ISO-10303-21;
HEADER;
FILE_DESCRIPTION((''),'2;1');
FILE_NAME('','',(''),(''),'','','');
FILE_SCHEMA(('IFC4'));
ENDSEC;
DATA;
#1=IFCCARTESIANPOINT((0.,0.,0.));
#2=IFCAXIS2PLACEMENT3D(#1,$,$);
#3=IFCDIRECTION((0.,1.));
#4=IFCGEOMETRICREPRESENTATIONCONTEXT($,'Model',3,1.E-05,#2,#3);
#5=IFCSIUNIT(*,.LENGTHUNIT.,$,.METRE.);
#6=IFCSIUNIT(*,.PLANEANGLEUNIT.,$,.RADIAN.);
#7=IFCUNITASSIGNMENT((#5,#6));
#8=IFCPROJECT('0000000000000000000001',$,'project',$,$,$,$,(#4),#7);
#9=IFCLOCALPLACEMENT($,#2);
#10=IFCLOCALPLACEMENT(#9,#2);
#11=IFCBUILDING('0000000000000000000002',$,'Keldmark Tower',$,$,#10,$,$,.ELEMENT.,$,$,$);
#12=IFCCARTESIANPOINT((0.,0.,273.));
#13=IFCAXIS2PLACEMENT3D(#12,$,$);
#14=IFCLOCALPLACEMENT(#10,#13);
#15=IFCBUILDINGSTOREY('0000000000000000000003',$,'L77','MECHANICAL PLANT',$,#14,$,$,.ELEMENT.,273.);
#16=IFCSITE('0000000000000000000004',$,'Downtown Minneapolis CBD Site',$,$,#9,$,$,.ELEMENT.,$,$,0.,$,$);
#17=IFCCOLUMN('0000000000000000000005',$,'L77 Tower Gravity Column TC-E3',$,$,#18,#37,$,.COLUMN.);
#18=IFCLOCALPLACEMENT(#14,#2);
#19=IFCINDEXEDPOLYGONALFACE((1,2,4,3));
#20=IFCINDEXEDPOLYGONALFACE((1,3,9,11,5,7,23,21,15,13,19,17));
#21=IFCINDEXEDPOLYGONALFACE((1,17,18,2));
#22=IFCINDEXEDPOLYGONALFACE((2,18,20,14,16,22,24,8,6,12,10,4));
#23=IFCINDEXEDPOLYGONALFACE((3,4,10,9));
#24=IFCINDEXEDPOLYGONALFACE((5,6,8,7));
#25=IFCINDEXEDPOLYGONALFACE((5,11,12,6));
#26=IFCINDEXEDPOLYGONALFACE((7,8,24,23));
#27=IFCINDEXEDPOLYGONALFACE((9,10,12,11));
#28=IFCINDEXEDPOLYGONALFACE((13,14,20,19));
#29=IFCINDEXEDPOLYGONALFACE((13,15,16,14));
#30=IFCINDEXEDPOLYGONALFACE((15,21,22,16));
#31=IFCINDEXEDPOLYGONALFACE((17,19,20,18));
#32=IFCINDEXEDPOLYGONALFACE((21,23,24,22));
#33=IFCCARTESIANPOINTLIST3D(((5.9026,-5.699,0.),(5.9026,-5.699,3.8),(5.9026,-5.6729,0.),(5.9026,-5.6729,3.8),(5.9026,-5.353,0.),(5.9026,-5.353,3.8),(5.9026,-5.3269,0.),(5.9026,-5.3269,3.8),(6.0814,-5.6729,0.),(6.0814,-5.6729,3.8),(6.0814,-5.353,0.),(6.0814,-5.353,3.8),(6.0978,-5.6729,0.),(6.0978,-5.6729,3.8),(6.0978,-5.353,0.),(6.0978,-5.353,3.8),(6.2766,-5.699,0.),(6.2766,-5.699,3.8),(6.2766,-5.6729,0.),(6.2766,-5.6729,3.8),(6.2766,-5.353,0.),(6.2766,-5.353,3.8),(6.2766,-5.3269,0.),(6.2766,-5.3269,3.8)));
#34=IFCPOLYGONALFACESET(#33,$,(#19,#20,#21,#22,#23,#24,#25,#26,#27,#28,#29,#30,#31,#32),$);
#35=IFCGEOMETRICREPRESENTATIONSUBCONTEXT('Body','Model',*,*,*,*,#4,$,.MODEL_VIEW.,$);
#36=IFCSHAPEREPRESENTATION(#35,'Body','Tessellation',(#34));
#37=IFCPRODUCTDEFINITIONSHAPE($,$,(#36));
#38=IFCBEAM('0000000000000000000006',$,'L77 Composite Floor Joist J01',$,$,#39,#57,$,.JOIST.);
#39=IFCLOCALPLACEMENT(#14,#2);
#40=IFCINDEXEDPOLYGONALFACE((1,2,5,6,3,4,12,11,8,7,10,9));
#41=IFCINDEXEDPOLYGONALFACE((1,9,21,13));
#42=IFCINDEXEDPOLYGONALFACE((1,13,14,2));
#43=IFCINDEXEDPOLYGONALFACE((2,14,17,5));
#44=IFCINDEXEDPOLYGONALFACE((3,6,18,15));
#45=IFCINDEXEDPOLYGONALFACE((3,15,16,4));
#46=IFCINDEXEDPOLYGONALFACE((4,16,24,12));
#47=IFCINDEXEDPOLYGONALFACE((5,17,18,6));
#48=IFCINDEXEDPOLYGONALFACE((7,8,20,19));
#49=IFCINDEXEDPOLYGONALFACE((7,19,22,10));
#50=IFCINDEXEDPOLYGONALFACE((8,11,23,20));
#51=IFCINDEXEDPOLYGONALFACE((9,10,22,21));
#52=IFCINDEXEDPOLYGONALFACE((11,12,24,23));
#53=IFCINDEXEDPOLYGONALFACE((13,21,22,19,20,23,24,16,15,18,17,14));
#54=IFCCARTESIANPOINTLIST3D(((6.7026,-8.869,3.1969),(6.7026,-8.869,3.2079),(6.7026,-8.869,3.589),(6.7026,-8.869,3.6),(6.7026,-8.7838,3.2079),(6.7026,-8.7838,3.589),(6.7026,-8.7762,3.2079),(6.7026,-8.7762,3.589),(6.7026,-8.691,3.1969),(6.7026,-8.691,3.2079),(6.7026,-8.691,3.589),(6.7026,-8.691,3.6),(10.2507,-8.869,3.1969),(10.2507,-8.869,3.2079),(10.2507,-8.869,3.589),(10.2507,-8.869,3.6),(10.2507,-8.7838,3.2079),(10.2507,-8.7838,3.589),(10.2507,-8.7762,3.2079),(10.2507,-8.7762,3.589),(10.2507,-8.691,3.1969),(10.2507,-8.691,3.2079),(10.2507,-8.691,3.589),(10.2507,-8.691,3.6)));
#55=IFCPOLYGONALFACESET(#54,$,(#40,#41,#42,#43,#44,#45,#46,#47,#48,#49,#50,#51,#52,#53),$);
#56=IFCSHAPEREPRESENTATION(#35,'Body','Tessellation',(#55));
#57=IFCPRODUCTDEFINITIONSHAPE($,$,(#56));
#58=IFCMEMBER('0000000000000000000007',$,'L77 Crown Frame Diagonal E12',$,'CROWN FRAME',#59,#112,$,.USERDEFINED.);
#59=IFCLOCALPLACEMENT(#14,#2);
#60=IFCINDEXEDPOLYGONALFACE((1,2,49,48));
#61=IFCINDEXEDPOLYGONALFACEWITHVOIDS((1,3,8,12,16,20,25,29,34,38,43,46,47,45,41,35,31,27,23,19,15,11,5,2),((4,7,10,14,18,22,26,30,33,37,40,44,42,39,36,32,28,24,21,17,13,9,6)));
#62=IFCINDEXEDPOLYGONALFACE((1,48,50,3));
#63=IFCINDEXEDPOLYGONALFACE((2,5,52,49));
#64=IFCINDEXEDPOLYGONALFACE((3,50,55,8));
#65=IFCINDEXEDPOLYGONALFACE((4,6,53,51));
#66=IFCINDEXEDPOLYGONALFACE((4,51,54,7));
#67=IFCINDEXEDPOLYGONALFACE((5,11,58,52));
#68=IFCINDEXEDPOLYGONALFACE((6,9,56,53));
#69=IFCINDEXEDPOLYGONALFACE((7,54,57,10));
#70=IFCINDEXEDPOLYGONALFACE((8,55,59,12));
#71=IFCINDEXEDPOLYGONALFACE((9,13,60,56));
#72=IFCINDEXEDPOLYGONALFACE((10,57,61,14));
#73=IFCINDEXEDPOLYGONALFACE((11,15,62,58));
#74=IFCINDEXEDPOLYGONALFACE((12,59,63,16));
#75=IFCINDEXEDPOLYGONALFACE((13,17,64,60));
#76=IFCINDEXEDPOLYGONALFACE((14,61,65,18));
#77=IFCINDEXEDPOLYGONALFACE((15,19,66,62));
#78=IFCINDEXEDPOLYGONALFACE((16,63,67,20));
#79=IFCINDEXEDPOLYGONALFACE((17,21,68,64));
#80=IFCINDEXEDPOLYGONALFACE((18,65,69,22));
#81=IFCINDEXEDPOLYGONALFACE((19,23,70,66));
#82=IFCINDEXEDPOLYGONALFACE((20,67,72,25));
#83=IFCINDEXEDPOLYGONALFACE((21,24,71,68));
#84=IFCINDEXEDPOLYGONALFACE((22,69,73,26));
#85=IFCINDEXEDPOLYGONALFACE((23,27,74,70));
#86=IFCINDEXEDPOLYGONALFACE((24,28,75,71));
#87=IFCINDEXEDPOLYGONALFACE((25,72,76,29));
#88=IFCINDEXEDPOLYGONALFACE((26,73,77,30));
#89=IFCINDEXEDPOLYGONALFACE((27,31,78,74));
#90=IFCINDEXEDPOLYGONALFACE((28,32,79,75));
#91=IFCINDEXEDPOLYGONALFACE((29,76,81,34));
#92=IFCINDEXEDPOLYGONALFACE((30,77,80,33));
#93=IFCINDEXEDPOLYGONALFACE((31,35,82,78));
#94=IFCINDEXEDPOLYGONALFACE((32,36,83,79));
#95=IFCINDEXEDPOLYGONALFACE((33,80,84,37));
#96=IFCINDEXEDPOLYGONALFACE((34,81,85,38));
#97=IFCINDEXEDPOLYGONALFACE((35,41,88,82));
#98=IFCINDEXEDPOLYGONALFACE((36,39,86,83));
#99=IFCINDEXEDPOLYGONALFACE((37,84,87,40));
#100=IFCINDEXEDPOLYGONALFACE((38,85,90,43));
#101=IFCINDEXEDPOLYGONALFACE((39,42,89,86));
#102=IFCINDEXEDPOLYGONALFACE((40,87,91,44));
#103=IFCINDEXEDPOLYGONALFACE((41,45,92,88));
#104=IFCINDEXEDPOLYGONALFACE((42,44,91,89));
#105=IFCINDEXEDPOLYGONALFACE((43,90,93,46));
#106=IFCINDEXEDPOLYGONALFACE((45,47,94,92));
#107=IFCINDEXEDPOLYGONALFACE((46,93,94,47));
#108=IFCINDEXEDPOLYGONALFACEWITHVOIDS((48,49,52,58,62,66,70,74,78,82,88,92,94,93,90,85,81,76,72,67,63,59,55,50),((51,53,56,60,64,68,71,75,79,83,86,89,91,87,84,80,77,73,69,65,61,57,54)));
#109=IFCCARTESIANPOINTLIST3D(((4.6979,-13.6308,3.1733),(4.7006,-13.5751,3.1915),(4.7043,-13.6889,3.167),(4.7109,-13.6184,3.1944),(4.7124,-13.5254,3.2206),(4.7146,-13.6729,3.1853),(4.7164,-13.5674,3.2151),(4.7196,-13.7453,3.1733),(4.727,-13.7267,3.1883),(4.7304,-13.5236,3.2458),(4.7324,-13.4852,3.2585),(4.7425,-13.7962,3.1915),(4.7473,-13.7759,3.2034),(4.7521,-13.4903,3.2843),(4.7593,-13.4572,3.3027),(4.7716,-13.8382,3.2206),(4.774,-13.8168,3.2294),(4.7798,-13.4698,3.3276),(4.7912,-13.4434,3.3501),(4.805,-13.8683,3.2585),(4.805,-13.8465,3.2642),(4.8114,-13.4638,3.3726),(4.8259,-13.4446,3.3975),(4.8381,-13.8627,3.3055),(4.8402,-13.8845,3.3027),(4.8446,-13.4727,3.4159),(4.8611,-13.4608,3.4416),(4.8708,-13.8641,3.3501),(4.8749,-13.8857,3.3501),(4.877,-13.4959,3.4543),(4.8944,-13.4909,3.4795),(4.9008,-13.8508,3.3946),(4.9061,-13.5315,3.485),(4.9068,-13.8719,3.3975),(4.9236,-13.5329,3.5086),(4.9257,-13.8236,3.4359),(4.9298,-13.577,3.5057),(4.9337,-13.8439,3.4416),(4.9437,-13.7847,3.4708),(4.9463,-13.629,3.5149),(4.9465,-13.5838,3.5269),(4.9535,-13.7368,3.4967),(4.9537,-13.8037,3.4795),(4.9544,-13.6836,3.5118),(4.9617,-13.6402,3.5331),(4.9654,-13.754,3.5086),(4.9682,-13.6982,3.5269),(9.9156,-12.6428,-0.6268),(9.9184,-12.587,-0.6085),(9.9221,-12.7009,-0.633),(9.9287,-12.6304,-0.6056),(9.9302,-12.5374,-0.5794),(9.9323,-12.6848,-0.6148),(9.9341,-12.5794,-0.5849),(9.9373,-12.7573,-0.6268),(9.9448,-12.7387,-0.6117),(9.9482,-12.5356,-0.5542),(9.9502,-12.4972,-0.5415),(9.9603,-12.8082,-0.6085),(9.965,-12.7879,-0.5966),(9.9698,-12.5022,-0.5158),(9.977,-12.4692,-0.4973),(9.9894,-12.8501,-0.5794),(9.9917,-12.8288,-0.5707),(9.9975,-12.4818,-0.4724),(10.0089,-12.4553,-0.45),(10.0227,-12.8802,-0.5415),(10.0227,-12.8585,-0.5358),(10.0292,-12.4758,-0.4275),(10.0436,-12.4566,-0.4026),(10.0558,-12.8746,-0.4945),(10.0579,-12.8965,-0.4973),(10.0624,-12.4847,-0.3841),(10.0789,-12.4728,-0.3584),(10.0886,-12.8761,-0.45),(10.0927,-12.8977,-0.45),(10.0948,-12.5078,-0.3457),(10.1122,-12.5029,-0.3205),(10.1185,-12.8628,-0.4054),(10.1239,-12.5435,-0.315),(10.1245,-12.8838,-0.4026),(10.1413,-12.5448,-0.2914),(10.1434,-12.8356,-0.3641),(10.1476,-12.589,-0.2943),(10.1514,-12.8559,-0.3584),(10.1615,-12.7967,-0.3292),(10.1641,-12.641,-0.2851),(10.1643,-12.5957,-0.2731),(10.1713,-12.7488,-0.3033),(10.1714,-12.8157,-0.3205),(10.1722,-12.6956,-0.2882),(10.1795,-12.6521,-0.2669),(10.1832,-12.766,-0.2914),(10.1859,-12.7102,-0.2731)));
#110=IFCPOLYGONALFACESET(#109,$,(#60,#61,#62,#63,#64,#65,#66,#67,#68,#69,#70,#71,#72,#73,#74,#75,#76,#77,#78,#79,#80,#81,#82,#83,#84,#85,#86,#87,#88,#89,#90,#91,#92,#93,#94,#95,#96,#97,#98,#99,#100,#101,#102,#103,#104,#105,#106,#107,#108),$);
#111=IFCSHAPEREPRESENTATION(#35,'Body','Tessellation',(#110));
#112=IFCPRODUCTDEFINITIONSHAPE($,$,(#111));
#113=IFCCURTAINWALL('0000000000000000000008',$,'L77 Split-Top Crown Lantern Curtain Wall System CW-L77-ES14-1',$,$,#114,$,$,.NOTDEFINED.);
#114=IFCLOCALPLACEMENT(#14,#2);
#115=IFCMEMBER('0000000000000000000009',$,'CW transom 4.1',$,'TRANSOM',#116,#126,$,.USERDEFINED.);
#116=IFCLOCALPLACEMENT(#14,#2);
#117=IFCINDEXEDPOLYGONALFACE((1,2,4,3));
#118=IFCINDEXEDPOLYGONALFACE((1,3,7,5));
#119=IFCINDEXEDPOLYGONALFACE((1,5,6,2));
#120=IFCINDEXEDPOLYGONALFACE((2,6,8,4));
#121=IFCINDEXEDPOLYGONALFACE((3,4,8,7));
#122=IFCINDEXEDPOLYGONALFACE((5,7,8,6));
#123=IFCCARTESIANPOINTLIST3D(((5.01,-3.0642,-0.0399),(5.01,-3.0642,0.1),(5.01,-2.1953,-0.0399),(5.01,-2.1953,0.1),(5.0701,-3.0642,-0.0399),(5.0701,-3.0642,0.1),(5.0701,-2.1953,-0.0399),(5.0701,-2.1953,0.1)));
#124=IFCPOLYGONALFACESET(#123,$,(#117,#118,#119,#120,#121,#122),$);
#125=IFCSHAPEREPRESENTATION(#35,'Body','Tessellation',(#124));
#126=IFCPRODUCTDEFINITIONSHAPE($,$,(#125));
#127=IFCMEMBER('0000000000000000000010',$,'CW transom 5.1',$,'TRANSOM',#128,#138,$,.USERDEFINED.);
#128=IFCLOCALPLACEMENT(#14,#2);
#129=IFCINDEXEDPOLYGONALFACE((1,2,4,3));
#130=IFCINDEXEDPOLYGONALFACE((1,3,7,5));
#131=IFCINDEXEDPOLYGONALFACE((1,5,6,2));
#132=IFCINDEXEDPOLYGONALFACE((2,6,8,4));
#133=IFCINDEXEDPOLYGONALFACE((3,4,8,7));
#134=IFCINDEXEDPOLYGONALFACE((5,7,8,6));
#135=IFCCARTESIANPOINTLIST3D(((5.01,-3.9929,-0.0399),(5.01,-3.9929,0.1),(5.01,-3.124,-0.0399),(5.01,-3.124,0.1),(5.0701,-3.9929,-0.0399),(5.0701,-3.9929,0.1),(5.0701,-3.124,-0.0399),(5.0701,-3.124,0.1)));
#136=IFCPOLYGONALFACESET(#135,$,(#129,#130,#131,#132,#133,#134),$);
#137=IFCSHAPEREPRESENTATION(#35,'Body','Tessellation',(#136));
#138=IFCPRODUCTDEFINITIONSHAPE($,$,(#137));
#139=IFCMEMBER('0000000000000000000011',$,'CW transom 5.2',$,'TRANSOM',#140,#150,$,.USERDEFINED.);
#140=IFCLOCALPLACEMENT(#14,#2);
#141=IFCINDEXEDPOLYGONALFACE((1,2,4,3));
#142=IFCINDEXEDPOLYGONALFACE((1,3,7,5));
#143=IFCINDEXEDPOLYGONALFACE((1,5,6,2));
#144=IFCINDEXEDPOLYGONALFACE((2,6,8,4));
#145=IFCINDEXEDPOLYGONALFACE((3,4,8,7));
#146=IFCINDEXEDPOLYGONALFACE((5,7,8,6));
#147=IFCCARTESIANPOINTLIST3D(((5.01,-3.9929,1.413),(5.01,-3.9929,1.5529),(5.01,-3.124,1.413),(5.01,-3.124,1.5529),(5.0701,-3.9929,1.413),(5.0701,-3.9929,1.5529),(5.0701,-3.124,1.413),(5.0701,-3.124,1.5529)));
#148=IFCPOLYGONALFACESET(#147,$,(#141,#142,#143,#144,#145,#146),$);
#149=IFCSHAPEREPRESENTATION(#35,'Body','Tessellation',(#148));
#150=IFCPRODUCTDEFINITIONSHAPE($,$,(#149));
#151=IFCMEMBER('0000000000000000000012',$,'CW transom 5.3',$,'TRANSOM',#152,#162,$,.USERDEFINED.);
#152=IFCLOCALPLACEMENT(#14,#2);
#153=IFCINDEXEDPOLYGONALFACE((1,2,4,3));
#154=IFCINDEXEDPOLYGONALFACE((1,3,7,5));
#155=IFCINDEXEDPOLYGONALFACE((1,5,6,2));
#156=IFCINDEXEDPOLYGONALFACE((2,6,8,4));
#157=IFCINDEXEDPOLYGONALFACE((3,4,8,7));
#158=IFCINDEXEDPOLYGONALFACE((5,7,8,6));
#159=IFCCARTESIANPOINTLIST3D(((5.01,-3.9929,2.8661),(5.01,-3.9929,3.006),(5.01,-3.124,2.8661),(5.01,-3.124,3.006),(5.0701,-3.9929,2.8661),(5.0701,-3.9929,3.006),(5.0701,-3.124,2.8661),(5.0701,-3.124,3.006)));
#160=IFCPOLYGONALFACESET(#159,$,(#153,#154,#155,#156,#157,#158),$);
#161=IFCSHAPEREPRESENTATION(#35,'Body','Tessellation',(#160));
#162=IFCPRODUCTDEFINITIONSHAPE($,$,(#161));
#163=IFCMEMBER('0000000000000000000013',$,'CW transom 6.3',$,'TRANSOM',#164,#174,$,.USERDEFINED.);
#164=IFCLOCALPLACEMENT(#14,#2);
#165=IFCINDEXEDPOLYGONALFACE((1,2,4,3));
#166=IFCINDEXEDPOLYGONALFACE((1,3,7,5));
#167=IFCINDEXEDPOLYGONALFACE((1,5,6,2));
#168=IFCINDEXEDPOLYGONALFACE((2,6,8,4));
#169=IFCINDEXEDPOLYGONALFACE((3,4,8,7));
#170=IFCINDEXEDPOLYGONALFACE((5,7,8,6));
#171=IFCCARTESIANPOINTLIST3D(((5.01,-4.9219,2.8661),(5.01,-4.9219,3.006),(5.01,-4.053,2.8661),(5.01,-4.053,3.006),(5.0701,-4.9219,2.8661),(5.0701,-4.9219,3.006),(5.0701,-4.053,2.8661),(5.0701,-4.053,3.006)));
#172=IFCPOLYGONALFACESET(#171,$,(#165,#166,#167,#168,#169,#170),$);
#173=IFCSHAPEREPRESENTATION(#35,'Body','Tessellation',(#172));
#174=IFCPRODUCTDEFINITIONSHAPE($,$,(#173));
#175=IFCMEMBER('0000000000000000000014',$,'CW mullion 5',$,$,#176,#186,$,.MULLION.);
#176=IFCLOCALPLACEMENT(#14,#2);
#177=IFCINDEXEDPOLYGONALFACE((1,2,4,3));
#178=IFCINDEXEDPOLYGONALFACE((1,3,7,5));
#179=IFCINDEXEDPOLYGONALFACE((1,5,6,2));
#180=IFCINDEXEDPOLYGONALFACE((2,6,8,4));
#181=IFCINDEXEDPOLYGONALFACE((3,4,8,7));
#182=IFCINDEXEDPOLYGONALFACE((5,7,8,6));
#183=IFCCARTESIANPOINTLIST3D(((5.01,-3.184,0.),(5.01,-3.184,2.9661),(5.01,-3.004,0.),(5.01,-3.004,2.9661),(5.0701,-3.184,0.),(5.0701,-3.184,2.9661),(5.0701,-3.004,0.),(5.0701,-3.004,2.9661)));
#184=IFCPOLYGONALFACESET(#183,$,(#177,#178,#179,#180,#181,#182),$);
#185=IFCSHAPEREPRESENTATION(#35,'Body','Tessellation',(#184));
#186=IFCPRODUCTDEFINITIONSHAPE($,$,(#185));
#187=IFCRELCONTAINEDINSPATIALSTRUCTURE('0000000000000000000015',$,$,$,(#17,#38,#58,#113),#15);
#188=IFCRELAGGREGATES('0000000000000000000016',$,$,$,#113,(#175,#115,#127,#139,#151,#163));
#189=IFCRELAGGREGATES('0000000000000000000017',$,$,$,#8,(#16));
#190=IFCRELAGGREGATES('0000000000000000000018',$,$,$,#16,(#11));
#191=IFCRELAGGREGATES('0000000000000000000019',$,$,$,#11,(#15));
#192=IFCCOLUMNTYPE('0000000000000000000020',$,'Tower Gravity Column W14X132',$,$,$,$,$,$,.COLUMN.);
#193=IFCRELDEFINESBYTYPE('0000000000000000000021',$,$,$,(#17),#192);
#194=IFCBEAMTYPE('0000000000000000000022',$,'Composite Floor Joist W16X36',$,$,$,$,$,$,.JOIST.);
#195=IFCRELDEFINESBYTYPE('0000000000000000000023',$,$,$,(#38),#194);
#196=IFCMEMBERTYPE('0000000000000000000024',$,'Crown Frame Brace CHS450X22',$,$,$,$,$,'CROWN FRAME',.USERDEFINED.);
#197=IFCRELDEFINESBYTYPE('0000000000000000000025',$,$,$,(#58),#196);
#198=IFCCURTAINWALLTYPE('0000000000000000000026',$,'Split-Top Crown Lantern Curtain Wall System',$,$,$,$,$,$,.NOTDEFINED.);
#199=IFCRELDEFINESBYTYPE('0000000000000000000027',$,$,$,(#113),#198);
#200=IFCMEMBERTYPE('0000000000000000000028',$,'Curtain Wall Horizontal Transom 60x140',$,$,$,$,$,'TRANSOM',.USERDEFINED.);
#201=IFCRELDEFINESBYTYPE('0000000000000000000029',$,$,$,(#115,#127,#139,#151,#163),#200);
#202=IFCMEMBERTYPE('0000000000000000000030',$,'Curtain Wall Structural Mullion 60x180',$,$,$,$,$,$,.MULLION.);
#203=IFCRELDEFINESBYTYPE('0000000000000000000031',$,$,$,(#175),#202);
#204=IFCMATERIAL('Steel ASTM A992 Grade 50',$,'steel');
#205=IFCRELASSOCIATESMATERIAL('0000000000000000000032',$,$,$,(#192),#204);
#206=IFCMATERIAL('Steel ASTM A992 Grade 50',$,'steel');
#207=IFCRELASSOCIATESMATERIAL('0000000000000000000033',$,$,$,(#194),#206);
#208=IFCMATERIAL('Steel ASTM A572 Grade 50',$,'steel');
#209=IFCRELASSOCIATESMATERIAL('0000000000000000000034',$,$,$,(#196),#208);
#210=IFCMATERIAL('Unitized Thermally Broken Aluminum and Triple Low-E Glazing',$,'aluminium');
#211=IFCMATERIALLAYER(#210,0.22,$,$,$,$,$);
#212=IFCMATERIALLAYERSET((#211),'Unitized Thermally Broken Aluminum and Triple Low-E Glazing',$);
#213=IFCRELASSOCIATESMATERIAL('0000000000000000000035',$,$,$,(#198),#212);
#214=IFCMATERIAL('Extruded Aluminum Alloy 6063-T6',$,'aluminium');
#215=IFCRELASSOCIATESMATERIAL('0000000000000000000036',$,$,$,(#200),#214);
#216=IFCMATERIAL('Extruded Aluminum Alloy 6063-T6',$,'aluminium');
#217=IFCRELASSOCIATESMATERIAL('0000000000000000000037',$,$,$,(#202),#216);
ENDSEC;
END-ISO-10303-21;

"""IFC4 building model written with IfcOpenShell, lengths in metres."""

from ifc_helpers import new_model, si_unit, direction, frame, origin, origin_2d, place, context, subcontext, project, spatial, rectangle, hollow_circle, i_section, extrude, material, layer, layer_set, material_profile, profile_set, type_object, element, aggregate, save


model = new_model("IFC4")

# Units and contexts
model_context = context("Model", 3, precision=1e-05, world=origin(), true_north=direction((0.0, 1.0)))
body_context = subcontext(model_context, "Body", "Model", "MODEL_VIEW")
ifc_project = project(units=[si_unit("LENGTHUNIT", "METRE"), si_unit("PLANEANGLEUNIT", "RADIAN")], contexts=[model_context])

# Site, building, storey
site_placement = place(None, origin())
site = spatial("IfcSite", under=ifc_project, at=site_placement, Name="Downtown Minneapolis CBD Site", CompositionType="ELEMENT", RefElevation=0.0)
building_placement = place(site_placement, origin())
building = spatial("IfcBuilding", under=site, at=building_placement, Name="Keldmark Tower", CompositionType="ELEMENT")
storey_placement = place(building_placement, frame((0.0, 0.0, 273.0)))
storey = spatial("IfcBuildingStorey", under=building, at=storey_placement, Name="L77", Description="MECHANICAL PLANT", CompositionType="ELEMENT", Elevation=273.0)

# Column
ifc_material_1 = material(Name="Steel ASTM A992 Grade 50", Category="steel")
ifc_material_profile_1 = material_profile(ifc_material_1, i_section(OverallWidth=0.374, OverallDepth=0.3721, WebThickness=0.0164, FlangeThickness=0.0261, at=origin_2d()), Name="W14X132")
ifc_profile_set_1 = profile_set([ifc_material_profile_1], Name="Steel ASTM A992 Grade 50")
column_type = type_object("IfcColumnType", Name="Tower Gravity Column W14X132", PredefinedType="COLUMN", material=ifc_profile_set_1)
column_placement = place(storey_placement, frame((6.0896, -5.5129, 0.0), z_axis=(0.0, 0.0, 1.0), x_axis=(1.0, 0.0, 0.0)))
element("IfcColumn", 1, at=column_placement, inside=storey, type_object=column_type, Name="L77 Tower Gravity Column TC-E3", PredefinedType="COLUMN", context=body_context, shape_type="SweptSolid", body=[
    extrude(i_section(OverallWidth=0.374, OverallDepth=0.3721, WebThickness=0.0164, FlangeThickness=0.0261, at=origin_2d()), origin(), (0.0, 0.0, 1.0), 3.8),
])

# Beam
ifc_material_2 = material(Name="Steel ASTM A992 Grade 50", Category="steel")
ifc_material_profile_2 = material_profile(ifc_material_2, i_section(OverallWidth=0.178, OverallDepth=0.4031, WebThickness=0.0076, FlangeThickness=0.011, at=origin_2d()), Name="W16X36")
ifc_profile_set_2 = profile_set([ifc_material_profile_2], Name="Steel ASTM A992 Grade 50")
beam_type_1 = type_object("IfcBeamType", Name="Composite Floor Joist W16X36", PredefinedType="JOIST", material=ifc_profile_set_2)
beam_1_placement = place(storey_placement, frame((6.7026, -8.78, 3.3984), z_axis=(1.0, 0.0, 0.0), x_axis=(0.0, 1.0, 0.0)))
element("IfcBeam", 2, at=beam_1_placement, inside=storey, type_object=beam_type_1, Name="L77 Composite Floor Joist J01", PredefinedType="JOIST", context=body_context, shape_type="SweptSolid", body=[
    extrude(i_section(OverallWidth=0.178, OverallDepth=0.4031, WebThickness=0.0076, FlangeThickness=0.011, at=origin_2d()), origin(), (0.0, 0.0, 1.0), 3.5481),
])

# Member
ifc_material_3 = material(Name="Steel ASTM A572 Grade 50", Category="steel")
ifc_material_profile_3 = material_profile(ifc_material_3, hollow_circle(Radius=0.2251, WallThickness=0.022, at=origin_2d()), Name="CHS450X22")
ifc_profile_set_3 = profile_set([ifc_material_profile_3], Name="Steel ASTM A572 Grade 50")
member_type_1 = type_object("IfcMemberType", Name="Crown Frame Brace CHS450X22", ElementType="CROWN FRAME", PredefinedType="USERDEFINED", material=ifc_profile_set_3)
member_1_placement = place(storey_placement, frame((10.0508, -12.6765, -0.45), z_axis=(-0.799039, -0.151306, 0.581931), x_axis=(0.186054, -0.98254, 0.0)))
element("IfcMember", 3, at=member_1_placement, inside=storey, type_object=member_type_1, Name="L77 Crown Frame Diagonal E12", ObjectType="CROWN FRAME", PredefinedType="USERDEFINED", context=body_context, shape_type="SweptSolid", body=[
    extrude(hollow_circle(Radius=0.2251, WallThickness=0.022, at=origin_2d()), origin(), (0.0, 0.0, 1.0), 6.53),
])

# Curtain wall, members
ifc_material_4 = material(Name="Unitized Thermally Broken Aluminum and Triple Low-E Glazing", Category="aluminium")
ifc_layer_1 = layer(ifc_material_4, 0.22)
ifc_layer_set_1 = layer_set([ifc_layer_1], Name="Unitized Thermally Broken Aluminum and Triple Low-E Glazing")
curtain_wall_type = type_object("IfcCurtainWallType", Name="Split-Top Crown Lantern Curtain Wall System", PredefinedType="NOTDEFINED", material=ifc_layer_set_1)
curtain_wall_placement = place(storey_placement, origin())
curtain_wall = element("IfcCurtainWall", 4, at=curtain_wall_placement, inside=storey, type_object=curtain_wall_type, Name="L77 Split-Top Crown Lantern Curtain Wall System CW-L77-ES14-1", PredefinedType="NOTDEFINED")
ifc_material_5 = material(Name="Extruded Aluminum Alloy 6063-T6", Category="aluminium")
ifc_material_profile_4 = material_profile(ifc_material_5, rectangle(XDim=0.0601, YDim=0.1399, at=origin_2d()), Name="CWT60X140")
ifc_profile_set_4 = profile_set([ifc_material_profile_4], Name="Extruded Aluminum Alloy 6063-T6")
member_type_2 = type_object("IfcMemberType", Name="Curtain Wall Horizontal Transom 60x140", ElementType="TRANSOM", PredefinedType="USERDEFINED", material=ifc_profile_set_4)
member_2_placement = place(storey_placement, frame((5.04, -2.1953, 0.03), z_axis=(0.0, -1.0, 0.0), x_axis=(1.0, 0.0, 0.0)))
member_2 = element("IfcMember", 5, at=member_2_placement, type_object=member_type_2, Name="CW transom 4.1", ObjectType="TRANSOM", PredefinedType="USERDEFINED", context=body_context, shape_type="SweptSolid", body=[
    extrude(rectangle(XDim=0.0601, YDim=0.1399, at=origin_2d()), origin(), (0.0, 0.0, 1.0), 0.8689),
])
member_3_placement = place(storey_placement, frame((5.04, -3.124, 0.03), z_axis=(0.0, -1.0, 0.0), x_axis=(1.0, 0.0, 0.0)))
member_3 = element("IfcMember", 6, at=member_3_placement, type_object=member_type_2, Name="CW transom 5.1", ObjectType="TRANSOM", PredefinedType="USERDEFINED", context=body_context, shape_type="SweptSolid", body=[
    extrude(rectangle(XDim=0.0601, YDim=0.1399, at=origin_2d()), origin(), (0.0, 0.0, 1.0), 0.8689),
])
member_4_placement = place(storey_placement, frame((5.04, -3.124, 1.4829), z_axis=(0.0, -1.0, 0.0), x_axis=(1.0, 0.0, 0.0)))
member_4 = element("IfcMember", 7, at=member_4_placement, type_object=member_type_2, Name="CW transom 5.2", ObjectType="TRANSOM", PredefinedType="USERDEFINED", context=body_context, shape_type="SweptSolid", body=[
    extrude(rectangle(XDim=0.0601, YDim=0.1399, at=origin_2d()), origin(), (0.0, 0.0, 1.0), 0.8689),
])
member_5_placement = place(storey_placement, frame((5.04, -3.124, 2.936), z_axis=(0.0, -1.0, 0.0), x_axis=(1.0, 0.0, 0.0)))
member_5 = element("IfcMember", 8, at=member_5_placement, type_object=member_type_2, Name="CW transom 5.3", ObjectType="TRANSOM", PredefinedType="USERDEFINED", context=body_context, shape_type="SweptSolid", body=[
    extrude(rectangle(XDim=0.0601, YDim=0.1399, at=origin_2d()), origin(), (0.0, 0.0, 1.0), 0.8689),
])
member_6_placement = place(storey_placement, frame((5.04, -4.053, 2.936), z_axis=(0.0, -1.0, 0.0), x_axis=(1.0, 0.0, 0.0)))
member_6 = element("IfcMember", 9, at=member_6_placement, type_object=member_type_2, Name="CW transom 6.3", ObjectType="TRANSOM", PredefinedType="USERDEFINED", context=body_context, shape_type="SweptSolid", body=[
    extrude(rectangle(XDim=0.0601, YDim=0.1399, at=origin_2d()), origin(), (0.0, 0.0, 1.0), 0.8689),
])
ifc_material_6 = material(Name="Extruded Aluminum Alloy 6063-T6", Category="aluminium")
ifc_material_profile_5 = material_profile(ifc_material_6, rectangle(XDim=0.0601, YDim=0.1799, at=origin_2d()), Name="CWM60X180")
ifc_profile_set_5 = profile_set([ifc_material_profile_5], Name="Extruded Aluminum Alloy 6063-T6")
member_type_3 = type_object("IfcMemberType", Name="Curtain Wall Structural Mullion 60x180", PredefinedType="MULLION", material=ifc_profile_set_5)
member_7_placement = place(storey_placement, frame((5.04, -3.094, 0.0), z_axis=(0.0, 0.0, 1.0), x_axis=(1.0, 0.0, 0.0)))
member_7 = element("IfcMember", 10, at=member_7_placement, type_object=member_type_3, Name="CW mullion 5", PredefinedType="MULLION", context=body_context, shape_type="SweptSolid", body=[
    extrude(rectangle(XDim=0.0601, YDim=0.1799, at=origin_2d()), origin(), (0.0, 0.0, 1.0), 2.9661),
])

aggregate(curtain_wall, [member_7, member_2, member_3, member_4, member_5, member_6])

save(model, "model.ifc")
